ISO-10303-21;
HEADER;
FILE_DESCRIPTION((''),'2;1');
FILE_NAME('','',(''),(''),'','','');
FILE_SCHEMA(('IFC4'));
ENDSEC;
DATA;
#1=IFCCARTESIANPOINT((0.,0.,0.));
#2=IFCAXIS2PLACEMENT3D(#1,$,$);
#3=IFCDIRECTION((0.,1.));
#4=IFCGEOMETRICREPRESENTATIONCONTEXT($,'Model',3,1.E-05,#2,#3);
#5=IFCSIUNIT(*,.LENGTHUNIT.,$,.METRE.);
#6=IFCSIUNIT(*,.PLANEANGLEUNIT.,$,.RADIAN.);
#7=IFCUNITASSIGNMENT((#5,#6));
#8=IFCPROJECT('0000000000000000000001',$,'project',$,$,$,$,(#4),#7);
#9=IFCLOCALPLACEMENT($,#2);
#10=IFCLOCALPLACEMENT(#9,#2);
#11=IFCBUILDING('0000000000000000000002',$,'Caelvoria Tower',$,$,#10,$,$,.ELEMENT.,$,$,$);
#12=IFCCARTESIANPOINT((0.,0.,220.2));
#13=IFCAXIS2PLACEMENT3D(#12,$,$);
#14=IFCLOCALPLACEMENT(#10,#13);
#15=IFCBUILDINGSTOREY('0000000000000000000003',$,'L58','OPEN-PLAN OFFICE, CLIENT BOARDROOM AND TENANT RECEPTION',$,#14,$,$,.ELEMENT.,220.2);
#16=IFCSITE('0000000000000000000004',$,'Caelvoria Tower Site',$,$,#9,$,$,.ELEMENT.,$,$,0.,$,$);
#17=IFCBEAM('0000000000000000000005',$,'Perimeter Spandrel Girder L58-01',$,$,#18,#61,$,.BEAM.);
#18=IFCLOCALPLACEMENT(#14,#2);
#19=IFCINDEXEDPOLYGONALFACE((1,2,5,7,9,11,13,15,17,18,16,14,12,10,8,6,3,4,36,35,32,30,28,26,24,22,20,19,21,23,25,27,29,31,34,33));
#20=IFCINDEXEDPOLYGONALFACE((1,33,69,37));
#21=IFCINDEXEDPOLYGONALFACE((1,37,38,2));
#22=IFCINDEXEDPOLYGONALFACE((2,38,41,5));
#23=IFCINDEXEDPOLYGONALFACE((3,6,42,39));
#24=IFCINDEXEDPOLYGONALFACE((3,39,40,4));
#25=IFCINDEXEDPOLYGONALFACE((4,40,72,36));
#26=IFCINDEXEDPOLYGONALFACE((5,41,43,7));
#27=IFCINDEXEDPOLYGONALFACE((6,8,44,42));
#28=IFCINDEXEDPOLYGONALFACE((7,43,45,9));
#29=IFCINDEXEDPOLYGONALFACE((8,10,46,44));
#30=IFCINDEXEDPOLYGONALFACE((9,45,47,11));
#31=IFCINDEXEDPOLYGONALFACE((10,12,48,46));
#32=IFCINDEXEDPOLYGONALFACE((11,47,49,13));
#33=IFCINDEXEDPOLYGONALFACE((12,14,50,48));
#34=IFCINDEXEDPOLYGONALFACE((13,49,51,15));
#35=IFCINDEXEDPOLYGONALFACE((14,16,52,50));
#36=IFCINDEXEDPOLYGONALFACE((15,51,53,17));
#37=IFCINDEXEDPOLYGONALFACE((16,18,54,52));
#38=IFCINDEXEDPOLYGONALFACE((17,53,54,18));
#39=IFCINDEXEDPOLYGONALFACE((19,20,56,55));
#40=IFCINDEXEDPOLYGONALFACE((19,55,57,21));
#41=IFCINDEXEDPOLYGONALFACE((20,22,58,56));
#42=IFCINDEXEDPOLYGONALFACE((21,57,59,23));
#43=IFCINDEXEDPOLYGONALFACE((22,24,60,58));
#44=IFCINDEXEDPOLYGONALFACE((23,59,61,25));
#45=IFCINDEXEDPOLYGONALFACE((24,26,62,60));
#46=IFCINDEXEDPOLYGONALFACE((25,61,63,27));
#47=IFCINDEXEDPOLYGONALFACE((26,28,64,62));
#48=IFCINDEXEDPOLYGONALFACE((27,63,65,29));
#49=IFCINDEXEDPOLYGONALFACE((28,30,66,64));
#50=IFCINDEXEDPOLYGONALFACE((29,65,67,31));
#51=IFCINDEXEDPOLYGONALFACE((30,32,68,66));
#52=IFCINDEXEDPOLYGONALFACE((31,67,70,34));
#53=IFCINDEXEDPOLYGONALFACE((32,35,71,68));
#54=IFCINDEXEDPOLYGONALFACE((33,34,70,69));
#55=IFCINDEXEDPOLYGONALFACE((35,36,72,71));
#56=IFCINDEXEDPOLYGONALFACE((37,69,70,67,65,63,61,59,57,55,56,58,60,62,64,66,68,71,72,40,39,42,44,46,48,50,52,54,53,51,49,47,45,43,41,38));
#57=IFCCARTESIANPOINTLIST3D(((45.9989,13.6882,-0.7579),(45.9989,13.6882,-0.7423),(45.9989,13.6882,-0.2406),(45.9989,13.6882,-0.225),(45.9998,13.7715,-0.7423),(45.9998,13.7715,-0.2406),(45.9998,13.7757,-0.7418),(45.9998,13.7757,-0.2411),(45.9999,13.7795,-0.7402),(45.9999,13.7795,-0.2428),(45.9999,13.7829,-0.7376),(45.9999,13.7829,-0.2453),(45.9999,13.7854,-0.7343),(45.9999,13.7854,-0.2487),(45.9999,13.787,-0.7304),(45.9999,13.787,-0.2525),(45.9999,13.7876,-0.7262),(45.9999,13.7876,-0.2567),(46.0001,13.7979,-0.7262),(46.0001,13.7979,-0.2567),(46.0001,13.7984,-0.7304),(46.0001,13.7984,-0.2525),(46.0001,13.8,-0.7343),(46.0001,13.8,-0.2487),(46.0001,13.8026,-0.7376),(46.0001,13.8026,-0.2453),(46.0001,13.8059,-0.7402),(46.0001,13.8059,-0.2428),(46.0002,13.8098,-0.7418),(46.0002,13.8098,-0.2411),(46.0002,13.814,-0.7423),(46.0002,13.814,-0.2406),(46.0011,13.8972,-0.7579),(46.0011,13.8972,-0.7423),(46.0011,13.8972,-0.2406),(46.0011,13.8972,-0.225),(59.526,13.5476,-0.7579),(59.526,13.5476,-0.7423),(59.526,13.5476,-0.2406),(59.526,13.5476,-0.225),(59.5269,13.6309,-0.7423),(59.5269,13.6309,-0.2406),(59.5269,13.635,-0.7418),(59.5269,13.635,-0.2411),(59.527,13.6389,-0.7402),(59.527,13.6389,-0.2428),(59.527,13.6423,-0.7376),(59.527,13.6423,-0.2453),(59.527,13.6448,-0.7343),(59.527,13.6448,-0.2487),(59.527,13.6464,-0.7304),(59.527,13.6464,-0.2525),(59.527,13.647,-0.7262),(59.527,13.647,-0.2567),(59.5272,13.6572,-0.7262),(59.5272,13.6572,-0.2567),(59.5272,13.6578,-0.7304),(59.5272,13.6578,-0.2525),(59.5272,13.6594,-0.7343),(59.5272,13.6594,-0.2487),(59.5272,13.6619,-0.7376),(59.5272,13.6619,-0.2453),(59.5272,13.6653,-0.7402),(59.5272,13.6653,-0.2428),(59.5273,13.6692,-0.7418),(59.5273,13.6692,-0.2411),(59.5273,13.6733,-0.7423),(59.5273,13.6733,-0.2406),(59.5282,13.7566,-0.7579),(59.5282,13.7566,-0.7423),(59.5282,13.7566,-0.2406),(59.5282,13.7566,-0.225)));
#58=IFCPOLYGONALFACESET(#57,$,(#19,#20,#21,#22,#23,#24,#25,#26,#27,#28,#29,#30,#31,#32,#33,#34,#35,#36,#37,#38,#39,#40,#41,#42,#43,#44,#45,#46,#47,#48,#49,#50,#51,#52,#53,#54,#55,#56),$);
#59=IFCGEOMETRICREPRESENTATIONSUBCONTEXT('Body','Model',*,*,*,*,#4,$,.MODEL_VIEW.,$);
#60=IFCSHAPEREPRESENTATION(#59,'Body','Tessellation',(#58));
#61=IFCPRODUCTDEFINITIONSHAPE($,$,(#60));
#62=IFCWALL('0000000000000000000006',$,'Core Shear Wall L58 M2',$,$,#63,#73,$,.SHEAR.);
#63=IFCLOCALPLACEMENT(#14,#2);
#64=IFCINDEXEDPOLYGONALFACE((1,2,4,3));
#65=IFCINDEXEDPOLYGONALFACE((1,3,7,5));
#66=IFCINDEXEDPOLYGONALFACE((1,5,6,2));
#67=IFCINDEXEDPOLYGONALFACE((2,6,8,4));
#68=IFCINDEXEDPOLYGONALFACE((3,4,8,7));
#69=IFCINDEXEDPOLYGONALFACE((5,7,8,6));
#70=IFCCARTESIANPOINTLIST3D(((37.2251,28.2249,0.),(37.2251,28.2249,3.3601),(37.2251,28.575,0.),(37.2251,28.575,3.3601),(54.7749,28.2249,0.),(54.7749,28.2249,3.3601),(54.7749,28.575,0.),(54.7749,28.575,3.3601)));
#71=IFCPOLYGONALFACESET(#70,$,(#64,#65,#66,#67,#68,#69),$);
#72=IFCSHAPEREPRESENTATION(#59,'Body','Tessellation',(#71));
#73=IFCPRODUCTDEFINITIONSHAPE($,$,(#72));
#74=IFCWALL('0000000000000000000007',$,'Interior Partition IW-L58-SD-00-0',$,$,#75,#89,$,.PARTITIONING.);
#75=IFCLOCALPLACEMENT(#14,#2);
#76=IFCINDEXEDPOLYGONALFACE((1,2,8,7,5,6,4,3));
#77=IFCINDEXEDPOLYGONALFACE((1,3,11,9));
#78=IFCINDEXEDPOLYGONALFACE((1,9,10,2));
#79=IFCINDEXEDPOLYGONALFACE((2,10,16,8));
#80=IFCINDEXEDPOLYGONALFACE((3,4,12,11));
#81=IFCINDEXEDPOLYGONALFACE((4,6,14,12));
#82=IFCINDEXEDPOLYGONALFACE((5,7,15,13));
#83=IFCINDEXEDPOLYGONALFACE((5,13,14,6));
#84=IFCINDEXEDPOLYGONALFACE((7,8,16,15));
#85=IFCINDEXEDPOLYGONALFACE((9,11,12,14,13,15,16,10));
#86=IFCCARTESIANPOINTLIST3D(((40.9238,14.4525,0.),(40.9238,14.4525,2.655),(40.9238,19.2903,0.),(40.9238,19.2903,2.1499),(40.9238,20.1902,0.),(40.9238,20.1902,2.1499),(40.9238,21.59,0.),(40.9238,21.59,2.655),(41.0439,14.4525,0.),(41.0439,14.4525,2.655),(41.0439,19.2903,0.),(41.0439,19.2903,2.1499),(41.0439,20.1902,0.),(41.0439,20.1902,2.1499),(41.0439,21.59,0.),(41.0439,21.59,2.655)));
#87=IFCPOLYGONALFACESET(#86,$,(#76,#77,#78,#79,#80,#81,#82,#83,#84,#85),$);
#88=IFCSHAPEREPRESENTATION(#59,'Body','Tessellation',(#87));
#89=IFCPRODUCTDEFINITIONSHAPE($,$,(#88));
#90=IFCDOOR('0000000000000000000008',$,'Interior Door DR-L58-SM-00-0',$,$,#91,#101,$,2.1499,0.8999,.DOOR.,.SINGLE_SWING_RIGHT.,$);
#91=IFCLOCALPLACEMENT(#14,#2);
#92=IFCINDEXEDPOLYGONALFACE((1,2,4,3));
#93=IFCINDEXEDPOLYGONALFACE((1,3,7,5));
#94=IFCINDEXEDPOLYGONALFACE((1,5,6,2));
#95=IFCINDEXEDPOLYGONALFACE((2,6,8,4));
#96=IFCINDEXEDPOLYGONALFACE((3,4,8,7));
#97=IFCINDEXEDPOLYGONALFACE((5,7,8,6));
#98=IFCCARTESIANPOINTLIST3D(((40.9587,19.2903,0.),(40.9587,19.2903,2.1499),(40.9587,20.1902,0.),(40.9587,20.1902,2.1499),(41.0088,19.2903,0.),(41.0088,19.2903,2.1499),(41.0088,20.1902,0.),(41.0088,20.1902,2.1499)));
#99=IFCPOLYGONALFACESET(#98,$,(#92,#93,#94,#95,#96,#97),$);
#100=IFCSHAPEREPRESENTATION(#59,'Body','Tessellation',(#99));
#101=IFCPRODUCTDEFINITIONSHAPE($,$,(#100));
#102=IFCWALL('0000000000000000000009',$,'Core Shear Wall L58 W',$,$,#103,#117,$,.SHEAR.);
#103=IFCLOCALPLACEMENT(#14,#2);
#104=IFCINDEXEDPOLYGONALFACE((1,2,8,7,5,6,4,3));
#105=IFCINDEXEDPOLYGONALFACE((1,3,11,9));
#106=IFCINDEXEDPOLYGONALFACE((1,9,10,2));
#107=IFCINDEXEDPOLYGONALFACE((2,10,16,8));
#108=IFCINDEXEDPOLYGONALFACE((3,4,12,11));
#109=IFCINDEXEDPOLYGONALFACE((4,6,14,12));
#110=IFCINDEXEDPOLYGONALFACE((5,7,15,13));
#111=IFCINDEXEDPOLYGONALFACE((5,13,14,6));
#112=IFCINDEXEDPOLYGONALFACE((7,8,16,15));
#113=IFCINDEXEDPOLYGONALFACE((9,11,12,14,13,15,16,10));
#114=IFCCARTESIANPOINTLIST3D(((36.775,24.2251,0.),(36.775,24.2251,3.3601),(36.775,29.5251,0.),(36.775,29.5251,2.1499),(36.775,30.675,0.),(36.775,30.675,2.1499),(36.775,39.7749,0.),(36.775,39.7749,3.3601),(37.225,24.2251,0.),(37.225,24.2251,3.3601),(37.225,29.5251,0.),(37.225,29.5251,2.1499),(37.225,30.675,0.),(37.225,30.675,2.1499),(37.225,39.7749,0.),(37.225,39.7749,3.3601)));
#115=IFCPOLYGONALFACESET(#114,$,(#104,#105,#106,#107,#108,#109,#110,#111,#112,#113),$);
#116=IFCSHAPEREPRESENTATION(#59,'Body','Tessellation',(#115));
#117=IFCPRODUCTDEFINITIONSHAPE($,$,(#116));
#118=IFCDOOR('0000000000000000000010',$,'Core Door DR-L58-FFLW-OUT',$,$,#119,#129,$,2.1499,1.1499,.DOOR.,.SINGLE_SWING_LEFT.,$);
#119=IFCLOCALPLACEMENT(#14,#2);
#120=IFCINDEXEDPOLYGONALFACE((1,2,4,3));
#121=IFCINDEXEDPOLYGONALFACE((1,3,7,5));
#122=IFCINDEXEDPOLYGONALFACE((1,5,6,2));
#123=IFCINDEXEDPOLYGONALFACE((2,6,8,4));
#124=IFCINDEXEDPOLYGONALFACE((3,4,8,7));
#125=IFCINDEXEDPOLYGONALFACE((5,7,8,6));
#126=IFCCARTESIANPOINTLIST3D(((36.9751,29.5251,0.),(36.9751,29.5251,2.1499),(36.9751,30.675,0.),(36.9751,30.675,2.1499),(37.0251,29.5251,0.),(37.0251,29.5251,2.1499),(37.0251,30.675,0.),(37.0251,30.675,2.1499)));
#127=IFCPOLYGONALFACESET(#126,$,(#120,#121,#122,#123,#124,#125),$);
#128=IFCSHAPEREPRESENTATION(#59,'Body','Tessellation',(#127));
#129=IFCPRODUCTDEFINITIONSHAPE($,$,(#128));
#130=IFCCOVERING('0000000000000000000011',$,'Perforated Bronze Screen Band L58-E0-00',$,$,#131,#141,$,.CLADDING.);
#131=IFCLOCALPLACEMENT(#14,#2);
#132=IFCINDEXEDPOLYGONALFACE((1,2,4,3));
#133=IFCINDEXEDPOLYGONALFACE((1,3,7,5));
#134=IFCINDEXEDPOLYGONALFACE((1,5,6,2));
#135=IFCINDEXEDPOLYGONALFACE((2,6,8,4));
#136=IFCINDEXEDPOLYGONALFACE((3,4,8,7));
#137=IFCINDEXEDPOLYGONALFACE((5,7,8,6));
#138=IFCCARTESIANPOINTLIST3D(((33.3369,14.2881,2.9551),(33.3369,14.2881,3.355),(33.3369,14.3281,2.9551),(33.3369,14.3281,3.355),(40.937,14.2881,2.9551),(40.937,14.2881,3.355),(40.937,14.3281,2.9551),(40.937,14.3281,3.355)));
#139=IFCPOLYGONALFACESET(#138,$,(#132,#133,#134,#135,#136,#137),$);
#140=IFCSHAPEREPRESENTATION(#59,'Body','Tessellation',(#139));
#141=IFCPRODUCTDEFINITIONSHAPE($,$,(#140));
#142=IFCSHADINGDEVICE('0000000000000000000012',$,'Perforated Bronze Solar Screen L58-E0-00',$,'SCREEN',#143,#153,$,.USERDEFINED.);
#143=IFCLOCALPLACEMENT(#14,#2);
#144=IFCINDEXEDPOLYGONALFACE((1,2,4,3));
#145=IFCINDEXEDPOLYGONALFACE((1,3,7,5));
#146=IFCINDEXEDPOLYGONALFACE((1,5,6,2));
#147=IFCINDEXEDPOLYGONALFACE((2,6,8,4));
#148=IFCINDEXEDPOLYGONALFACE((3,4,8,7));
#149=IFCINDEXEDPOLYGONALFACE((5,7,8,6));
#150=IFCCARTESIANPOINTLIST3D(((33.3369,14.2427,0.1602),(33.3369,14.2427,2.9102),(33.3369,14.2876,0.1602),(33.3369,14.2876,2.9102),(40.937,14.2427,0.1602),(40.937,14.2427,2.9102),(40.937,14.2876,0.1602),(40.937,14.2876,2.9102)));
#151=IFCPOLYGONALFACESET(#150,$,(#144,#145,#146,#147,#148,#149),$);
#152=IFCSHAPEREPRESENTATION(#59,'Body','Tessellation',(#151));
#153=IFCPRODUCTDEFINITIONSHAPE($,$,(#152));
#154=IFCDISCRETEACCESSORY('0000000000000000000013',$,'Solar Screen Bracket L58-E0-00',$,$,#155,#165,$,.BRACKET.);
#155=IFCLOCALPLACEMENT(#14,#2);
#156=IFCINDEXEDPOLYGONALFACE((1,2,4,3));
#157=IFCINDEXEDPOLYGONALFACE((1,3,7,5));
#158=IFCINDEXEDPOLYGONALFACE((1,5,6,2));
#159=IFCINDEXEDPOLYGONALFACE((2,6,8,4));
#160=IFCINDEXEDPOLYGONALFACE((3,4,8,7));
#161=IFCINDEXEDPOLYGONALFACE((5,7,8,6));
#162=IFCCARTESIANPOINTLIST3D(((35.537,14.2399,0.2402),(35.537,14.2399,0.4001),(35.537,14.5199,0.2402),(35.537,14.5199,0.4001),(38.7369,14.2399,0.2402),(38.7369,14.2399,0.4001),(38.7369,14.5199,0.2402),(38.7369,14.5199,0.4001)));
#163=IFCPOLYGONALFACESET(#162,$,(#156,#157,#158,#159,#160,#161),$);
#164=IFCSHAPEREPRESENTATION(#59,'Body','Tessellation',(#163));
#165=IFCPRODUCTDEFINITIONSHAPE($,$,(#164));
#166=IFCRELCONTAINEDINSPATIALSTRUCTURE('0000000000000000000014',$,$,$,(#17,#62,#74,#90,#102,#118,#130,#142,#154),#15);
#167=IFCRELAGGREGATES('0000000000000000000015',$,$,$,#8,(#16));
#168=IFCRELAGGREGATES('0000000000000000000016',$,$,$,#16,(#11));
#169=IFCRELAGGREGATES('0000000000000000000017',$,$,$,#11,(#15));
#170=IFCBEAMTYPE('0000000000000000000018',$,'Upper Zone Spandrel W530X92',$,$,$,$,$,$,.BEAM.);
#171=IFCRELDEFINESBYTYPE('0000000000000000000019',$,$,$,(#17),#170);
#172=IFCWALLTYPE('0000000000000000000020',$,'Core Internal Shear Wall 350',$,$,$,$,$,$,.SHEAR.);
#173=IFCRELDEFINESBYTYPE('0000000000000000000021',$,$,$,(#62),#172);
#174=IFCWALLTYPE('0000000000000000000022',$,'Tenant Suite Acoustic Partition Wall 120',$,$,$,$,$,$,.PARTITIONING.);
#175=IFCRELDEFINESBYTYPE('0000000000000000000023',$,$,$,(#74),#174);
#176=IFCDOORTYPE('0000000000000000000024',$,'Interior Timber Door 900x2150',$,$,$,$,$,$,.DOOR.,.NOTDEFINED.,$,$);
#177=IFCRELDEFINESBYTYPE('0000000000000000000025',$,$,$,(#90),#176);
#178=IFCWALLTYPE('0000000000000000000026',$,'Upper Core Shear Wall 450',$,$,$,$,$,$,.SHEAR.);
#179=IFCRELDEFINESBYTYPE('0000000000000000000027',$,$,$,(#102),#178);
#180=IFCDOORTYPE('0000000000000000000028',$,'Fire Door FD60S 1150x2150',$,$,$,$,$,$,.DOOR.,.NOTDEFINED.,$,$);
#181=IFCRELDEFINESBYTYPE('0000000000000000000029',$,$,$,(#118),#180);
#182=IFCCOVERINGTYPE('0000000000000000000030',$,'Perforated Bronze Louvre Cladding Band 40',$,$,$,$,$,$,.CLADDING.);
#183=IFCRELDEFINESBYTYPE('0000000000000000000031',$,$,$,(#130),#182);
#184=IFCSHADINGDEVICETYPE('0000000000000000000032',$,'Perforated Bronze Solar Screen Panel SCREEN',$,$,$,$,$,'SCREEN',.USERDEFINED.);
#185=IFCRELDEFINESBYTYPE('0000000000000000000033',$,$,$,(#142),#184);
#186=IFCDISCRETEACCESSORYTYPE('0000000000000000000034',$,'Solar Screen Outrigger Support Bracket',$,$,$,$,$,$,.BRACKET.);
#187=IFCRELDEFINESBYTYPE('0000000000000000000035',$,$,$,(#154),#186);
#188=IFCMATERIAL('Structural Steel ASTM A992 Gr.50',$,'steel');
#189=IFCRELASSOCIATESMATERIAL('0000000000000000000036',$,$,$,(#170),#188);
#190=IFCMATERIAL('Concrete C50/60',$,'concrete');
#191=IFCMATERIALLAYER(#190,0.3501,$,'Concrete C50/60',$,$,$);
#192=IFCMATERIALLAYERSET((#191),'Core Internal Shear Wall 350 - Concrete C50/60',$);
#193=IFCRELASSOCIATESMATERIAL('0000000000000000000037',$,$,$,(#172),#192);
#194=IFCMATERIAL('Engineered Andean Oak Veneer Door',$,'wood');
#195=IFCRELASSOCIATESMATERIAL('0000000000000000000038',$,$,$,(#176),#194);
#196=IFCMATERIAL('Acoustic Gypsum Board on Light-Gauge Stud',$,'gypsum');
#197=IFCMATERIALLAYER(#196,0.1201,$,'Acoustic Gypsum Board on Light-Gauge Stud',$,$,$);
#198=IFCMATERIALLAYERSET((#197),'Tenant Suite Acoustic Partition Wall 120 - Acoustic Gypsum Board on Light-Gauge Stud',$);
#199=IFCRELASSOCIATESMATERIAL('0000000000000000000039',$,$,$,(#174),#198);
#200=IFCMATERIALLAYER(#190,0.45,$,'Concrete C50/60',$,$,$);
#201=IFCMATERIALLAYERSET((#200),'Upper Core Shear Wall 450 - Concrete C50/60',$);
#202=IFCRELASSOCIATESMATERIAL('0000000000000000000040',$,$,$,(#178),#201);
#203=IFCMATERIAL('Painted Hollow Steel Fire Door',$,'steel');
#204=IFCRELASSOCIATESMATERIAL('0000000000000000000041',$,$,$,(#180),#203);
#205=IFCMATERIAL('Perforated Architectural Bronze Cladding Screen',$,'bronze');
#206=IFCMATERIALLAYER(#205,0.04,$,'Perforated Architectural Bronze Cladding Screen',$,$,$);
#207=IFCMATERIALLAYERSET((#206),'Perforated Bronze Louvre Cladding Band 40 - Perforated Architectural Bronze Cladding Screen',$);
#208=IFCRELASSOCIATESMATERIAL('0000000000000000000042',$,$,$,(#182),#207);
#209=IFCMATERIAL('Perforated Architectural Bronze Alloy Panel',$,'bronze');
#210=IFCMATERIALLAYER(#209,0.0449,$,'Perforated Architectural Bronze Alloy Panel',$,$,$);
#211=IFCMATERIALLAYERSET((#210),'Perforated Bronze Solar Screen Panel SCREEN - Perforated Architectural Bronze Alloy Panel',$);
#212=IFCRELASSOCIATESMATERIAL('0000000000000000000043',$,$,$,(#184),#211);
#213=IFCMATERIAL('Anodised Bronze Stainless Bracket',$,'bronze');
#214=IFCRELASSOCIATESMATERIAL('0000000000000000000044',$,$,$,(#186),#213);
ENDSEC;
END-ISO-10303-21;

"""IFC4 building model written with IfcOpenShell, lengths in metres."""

from ifc_helpers import new_model, si_unit, direction, frame, frame_2d, origin, origin_2d, place, context, subcontext, project, spatial, rectangle, i_section, extrude, material, layer, layer_set, material_profile, profile_set, type_object, element, fill, save


model = new_model("IFC4")

# Units and contexts
model_context = context("Model", 3, precision=1e-05, world=origin(), true_north=direction((0.0, 1.0)))
body_context = subcontext(model_context, "Body", "Model", "MODEL_VIEW")
ifc_project = project(units=[si_unit("LENGTHUNIT", "METRE"), si_unit("PLANEANGLEUNIT", "RADIAN")], contexts=[model_context])

# Site, building, storey
site_placement = place(None, origin())
site = spatial("IfcSite", under=ifc_project, at=site_placement, Name="Caelvoria Tower Site", CompositionType="ELEMENT", RefElevation=0.0)
building_placement = place(site_placement, origin())
building = spatial("IfcBuilding", under=site, at=building_placement, Name="Caelvoria Tower", CompositionType="ELEMENT")
storey_placement = place(building_placement, frame((0.0, 0.0, 220.2)))
storey = spatial("IfcBuildingStorey", under=building, at=storey_placement, Name="L58", Description="OPEN-PLAN OFFICE, CLIENT BOARDROOM AND TENANT RECEPTION", CompositionType="ELEMENT", Elevation=220.2)

# Shared definitions
ifc_material_1 = material(Name="Structural Steel ASTM A992 Gr.50", Category="steel")

# Beam
ifc_material_profile_1 = material_profile(ifc_material_1, i_section(OverallWidth=0.209, OverallDepth=0.533, WebThickness=0.0103, FlangeThickness=0.0156, FilletRadius=0.0161, at=origin_2d()), Name="Structural Steel ASTM A992 Gr.50")
ifc_profile_set_1 = profile_set([ifc_material_profile_1], Name="W530X92 - Structural Steel ASTM A992 Gr.50")
beam_type_1 = type_object("IfcBeamType", Name="Upper Zone Spandrel W530X92", PredefinedType="BEAM", material=ifc_profile_set_1)
beam_1_placement = place(storey_placement, frame((46.0, 13.7927, -0.4915), z_axis=(0.999946, -0.010395, 0.0), x_axis=(0.010395, 0.999946, 0.0)))
element("IfcBeam", 1, at=beam_1_placement, inside=storey, type_object=beam_type_1, Name="Perimeter Spandrel Girder L58-01", PredefinedType="BEAM", context=body_context, shape_type="SweptSolid", body=[
    extrude(i_section(OverallWidth=0.209, OverallDepth=0.533, WebThickness=0.0103, FlangeThickness=0.0156, FilletRadius=0.0161, at=origin_2d()), origin(), (0.0, 0.0, 1.0), 13.5278),
])

# Wall
ifc_material_2 = material(Name="Concrete C50/60", Category="concrete")
ifc_layer_1 = layer(ifc_material_2, 0.3501, Name="Concrete C50/60")
ifc_layer_set_1 = layer_set([ifc_layer_1], Name="Core Internal Shear Wall 350 - Concrete C50/60")
wall_type_1 = type_object("IfcWallType", Name="Core Internal Shear Wall 350", PredefinedType="SHEAR", material=ifc_layer_set_1)
wall_1_placement = place(storey_placement, frame((37.2251, 28.3999, 0.0), z_axis=(0.0, 0.0, 1.0), x_axis=(1.0, 0.0, 0.0)))
element("IfcWall", 2, at=wall_1_placement, inside=storey, type_object=wall_type_1, Name="Core Shear Wall L58 M2", PredefinedType="SHEAR", context=body_context, shape_type="SweptSolid", body=[
    extrude(rectangle(XDim=17.5498, YDim=0.3501, at=frame_2d((8.7749, 0.0))), origin(), (0.0, 0.0, 1.0), 3.3601),
])

# Walls, openings, doors
ifc_material_3 = material(Name="Engineered Andean Oak Veneer Door", Category="wood")
door_type_1 = type_object("IfcDoorType", Name="Interior Timber Door 900x2150", OperationType="NOTDEFINED", PredefinedType="DOOR", material=ifc_material_3)
ifc_material_4 = material(Name="Acoustic Gypsum Board on Light-Gauge Stud", Category="gypsum")
ifc_layer_2 = layer(ifc_material_4, 0.1201, Name="Acoustic Gypsum Board on Light-Gauge Stud")
ifc_layer_set_2 = layer_set([ifc_layer_2], Name="Tenant Suite Acoustic Partition Wall 120 - Acoustic Gypsum Board on Light-Gauge Stud")
wall_type_2 = type_object("IfcWallType", Name="Tenant Suite Acoustic Partition Wall 120", PredefinedType="PARTITIONING", material=ifc_layer_set_2)
wall_2_placement = place(storey_placement, frame((40.9839, 21.5901, 0.0), z_axis=(0.0, 0.0, 1.0), x_axis=(0.0, -1.0, 0.0)))
wall_2 = element("IfcWall", 3, at=wall_2_placement, inside=storey, type_object=wall_type_2, Name="Interior Partition IW-L58-SD-00-0", PredefinedType="PARTITIONING", context=body_context, shape_type="SweptSolid", body=[
    extrude(rectangle(XDim=7.1375, YDim=0.1201, at=frame_2d((3.5688, 0.0))), origin(), (0.0, 0.0, 1.0), 2.655),
])
opening_1_placement = place(wall_2_placement, frame((1.3999, 0.0, 0.0)))
opening_1 = element("IfcOpeningElement", 4, at=opening_1_placement, cuts=wall_2, PredefinedType="OPENING", context=body_context, shape_type="SweptSolid", body=[
    extrude(rectangle(XDim=0.8999, YDim=2.1499, at=frame_2d((0.45, 1.075))), frame((0.0, 0.0701, 0.0), z_axis=(0.0, -1.0, 0.0), x_axis=(1.0, 0.0, 0.0)), (0.0, 0.0, 1.0), 0.1401),
])
door_1_placement = place(opening_1_placement, origin())
door_1 = element("IfcDoor", 5, at=door_1_placement, inside=storey, type_object=door_type_1, Name="Interior Door DR-L58-SM-00-0", OperationType="SINGLE_SWING_RIGHT", OverallHeight=2.1499, OverallWidth=0.8999, PredefinedType="DOOR", context=body_context, shape_type="SweptSolid", body=[
    extrude(rectangle(XDim=0.8999, YDim=2.1499, at=frame_2d((0.45, 1.075))), frame((0.0, 0.0249, 0.0), z_axis=(0.0, -1.0, 0.0), x_axis=(1.0, 0.0, 0.0)), (0.0, 0.0, 1.0), 0.05),
])
fill(opening_1, door_1)
ifc_layer_3 = layer(ifc_material_2, 0.45, Name="Concrete C50/60")
ifc_layer_set_3 = layer_set([ifc_layer_3], Name="Upper Core Shear Wall 450 - Concrete C50/60")
wall_type_3 = type_object("IfcWallType", Name="Upper Core Shear Wall 450", PredefinedType="SHEAR", material=ifc_layer_set_3)
wall_3_placement = place(storey_placement, frame((37.0, 24.2251, 0.0), z_axis=(0.0, 0.0, 1.0), x_axis=(0.0, 1.0, 0.0)))
wall_3 = element("IfcWall", 6, at=wall_3_placement, inside=storey, type_object=wall_type_3, Name="Core Shear Wall L58 W", PredefinedType="SHEAR", context=body_context, shape_type="SweptSolid", body=[
    extrude(rectangle(XDim=15.5498, YDim=0.45, at=frame_2d((7.7749, 0.0))), origin(), (0.0, 0.0, 1.0), 3.3601),
])
opening_2_placement = place(wall_3_placement, frame((5.3, 0.0, 0.0)))
opening_2 = element("IfcOpeningElement", 7, at=opening_2_placement, cuts=wall_3, PredefinedType="OPENING", context=body_context, shape_type="SweptSolid", body=[
    extrude(rectangle(XDim=1.1499, YDim=2.1499, at=frame_2d((0.575, 1.075))), frame((0.0, 0.2349, 0.0), z_axis=(0.0, -1.0, 0.0), x_axis=(1.0, 0.0, 0.0)), (0.0, 0.0, 1.0), 0.47),
])
ifc_material_5 = material(Name="Painted Hollow Steel Fire Door", Category="steel")
door_type_2 = type_object("IfcDoorType", Name="Fire Door FD60S 1150x2150", OperationType="NOTDEFINED", PredefinedType="DOOR", material=ifc_material_5)
door_2_placement = place(opening_2_placement, origin())
door_2 = element("IfcDoor", 8, at=door_2_placement, inside=storey, type_object=door_type_2, Name="Core Door DR-L58-FFLW-OUT", OperationType="SINGLE_SWING_LEFT", OverallHeight=2.1499, OverallWidth=1.1499, PredefinedType="DOOR", context=body_context, shape_type="SweptSolid", body=[
    extrude(rectangle(XDim=1.1499, YDim=2.1499, at=frame_2d((0.575, 1.075))), frame((0.0, 0.0249, 0.0), z_axis=(0.0, -1.0, 0.0), x_axis=(1.0, 0.0, 0.0)), (0.0, 0.0, 1.0), 0.05),
])
fill(opening_2, door_2)

# Covering
ifc_material_6 = material(Name="Perforated Architectural Bronze Cladding Screen", Category="bronze")
ifc_layer_4 = layer(ifc_material_6, 0.04, Name="Perforated Architectural Bronze Cladding Screen")
ifc_layer_set_4 = layer_set([ifc_layer_4], Name="Perforated Bronze Louvre Cladding Band 40 - Perforated Architectural Bronze Cladding Screen")
covering_type = type_object("IfcCoveringType", Name="Perforated Bronze Louvre Cladding Band 40", PredefinedType="CLADDING", material=ifc_layer_set_4)
covering_placement = place(storey_placement, frame((37.137, 14.3081, 2.9551), z_axis=(0.0, 0.0, 1.0), x_axis=(1.0, 0.0, 0.0)))
element("IfcCovering", 9, at=covering_placement, inside=storey, type_object=covering_type, Name="Perforated Bronze Screen Band L58-E0-00", PredefinedType="CLADDING", context=body_context, shape_type="SweptSolid", body=[
    extrude(rectangle(XDim=7.6001, YDim=0.04, at=origin_2d()), origin(), (0.0, 0.0, 1.0), 0.3999),
])

# Shading device
ifc_material_7 = material(Name="Perforated Architectural Bronze Alloy Panel", Category="bronze")
ifc_layer_5 = layer(ifc_material_7, 0.0449, Name="Perforated Architectural Bronze Alloy Panel")
ifc_layer_set_5 = layer_set([ifc_layer_5], Name="Perforated Bronze Solar Screen Panel SCREEN - Perforated Architectural Bronze Alloy Panel")
shading_device_type = type_object("IfcShadingDeviceType", Name="Perforated Bronze Solar Screen Panel SCREEN", ElementType="SCREEN", PredefinedType="USERDEFINED", material=ifc_layer_set_5)
shading_device_placement = place(storey_placement, frame((37.137, 14.2651, 0.1602), z_axis=(0.0, 0.0, 1.0), x_axis=(1.0, 0.0, 0.0)))
element("IfcShadingDevice", 10, at=shading_device_placement, inside=storey, type_object=shading_device_type, Name="Perforated Bronze Solar Screen L58-E0-00", ObjectType="SCREEN", PredefinedType="USERDEFINED", context=body_context, shape_type="SweptSolid", body=[
    extrude(rectangle(XDim=7.6001, YDim=0.0449, at=origin_2d()), origin(), (0.0, 0.0, 1.0), 2.75),
])

# Discrete accessory
ifc_material_8 = material(Name="Anodised Bronze Stainless Bracket", Category="bronze")
discrete_accessory_type = type_object("IfcDiscreteAccessoryType", Name="Solar Screen Outrigger Support Bracket", PredefinedType="BRACKET", material=ifc_material_8)
for number, where, z_axis, x_axis, name in (
    (11, (37.137, 14.3799, 0.2402), (0.0, 0.0, 1.0), (1.0, 0.0, 0.0), "Solar Screen Bracket L58-E0-00"),
):
    element("IfcDiscreteAccessory", number, at=place(storey_placement, frame(where, z_axis=z_axis, x_axis=x_axis)), inside=storey, type_object=discrete_accessory_type, Name=name, PredefinedType="BRACKET", context=body_context, shape_type="SweptSolid", body=[
        extrude(rectangle(XDim=3.2, YDim=0.28, at=origin_2d()), origin(), (0.0, 0.0, 1.0), 0.1599),
    ])

save(model, "model.ifc")
